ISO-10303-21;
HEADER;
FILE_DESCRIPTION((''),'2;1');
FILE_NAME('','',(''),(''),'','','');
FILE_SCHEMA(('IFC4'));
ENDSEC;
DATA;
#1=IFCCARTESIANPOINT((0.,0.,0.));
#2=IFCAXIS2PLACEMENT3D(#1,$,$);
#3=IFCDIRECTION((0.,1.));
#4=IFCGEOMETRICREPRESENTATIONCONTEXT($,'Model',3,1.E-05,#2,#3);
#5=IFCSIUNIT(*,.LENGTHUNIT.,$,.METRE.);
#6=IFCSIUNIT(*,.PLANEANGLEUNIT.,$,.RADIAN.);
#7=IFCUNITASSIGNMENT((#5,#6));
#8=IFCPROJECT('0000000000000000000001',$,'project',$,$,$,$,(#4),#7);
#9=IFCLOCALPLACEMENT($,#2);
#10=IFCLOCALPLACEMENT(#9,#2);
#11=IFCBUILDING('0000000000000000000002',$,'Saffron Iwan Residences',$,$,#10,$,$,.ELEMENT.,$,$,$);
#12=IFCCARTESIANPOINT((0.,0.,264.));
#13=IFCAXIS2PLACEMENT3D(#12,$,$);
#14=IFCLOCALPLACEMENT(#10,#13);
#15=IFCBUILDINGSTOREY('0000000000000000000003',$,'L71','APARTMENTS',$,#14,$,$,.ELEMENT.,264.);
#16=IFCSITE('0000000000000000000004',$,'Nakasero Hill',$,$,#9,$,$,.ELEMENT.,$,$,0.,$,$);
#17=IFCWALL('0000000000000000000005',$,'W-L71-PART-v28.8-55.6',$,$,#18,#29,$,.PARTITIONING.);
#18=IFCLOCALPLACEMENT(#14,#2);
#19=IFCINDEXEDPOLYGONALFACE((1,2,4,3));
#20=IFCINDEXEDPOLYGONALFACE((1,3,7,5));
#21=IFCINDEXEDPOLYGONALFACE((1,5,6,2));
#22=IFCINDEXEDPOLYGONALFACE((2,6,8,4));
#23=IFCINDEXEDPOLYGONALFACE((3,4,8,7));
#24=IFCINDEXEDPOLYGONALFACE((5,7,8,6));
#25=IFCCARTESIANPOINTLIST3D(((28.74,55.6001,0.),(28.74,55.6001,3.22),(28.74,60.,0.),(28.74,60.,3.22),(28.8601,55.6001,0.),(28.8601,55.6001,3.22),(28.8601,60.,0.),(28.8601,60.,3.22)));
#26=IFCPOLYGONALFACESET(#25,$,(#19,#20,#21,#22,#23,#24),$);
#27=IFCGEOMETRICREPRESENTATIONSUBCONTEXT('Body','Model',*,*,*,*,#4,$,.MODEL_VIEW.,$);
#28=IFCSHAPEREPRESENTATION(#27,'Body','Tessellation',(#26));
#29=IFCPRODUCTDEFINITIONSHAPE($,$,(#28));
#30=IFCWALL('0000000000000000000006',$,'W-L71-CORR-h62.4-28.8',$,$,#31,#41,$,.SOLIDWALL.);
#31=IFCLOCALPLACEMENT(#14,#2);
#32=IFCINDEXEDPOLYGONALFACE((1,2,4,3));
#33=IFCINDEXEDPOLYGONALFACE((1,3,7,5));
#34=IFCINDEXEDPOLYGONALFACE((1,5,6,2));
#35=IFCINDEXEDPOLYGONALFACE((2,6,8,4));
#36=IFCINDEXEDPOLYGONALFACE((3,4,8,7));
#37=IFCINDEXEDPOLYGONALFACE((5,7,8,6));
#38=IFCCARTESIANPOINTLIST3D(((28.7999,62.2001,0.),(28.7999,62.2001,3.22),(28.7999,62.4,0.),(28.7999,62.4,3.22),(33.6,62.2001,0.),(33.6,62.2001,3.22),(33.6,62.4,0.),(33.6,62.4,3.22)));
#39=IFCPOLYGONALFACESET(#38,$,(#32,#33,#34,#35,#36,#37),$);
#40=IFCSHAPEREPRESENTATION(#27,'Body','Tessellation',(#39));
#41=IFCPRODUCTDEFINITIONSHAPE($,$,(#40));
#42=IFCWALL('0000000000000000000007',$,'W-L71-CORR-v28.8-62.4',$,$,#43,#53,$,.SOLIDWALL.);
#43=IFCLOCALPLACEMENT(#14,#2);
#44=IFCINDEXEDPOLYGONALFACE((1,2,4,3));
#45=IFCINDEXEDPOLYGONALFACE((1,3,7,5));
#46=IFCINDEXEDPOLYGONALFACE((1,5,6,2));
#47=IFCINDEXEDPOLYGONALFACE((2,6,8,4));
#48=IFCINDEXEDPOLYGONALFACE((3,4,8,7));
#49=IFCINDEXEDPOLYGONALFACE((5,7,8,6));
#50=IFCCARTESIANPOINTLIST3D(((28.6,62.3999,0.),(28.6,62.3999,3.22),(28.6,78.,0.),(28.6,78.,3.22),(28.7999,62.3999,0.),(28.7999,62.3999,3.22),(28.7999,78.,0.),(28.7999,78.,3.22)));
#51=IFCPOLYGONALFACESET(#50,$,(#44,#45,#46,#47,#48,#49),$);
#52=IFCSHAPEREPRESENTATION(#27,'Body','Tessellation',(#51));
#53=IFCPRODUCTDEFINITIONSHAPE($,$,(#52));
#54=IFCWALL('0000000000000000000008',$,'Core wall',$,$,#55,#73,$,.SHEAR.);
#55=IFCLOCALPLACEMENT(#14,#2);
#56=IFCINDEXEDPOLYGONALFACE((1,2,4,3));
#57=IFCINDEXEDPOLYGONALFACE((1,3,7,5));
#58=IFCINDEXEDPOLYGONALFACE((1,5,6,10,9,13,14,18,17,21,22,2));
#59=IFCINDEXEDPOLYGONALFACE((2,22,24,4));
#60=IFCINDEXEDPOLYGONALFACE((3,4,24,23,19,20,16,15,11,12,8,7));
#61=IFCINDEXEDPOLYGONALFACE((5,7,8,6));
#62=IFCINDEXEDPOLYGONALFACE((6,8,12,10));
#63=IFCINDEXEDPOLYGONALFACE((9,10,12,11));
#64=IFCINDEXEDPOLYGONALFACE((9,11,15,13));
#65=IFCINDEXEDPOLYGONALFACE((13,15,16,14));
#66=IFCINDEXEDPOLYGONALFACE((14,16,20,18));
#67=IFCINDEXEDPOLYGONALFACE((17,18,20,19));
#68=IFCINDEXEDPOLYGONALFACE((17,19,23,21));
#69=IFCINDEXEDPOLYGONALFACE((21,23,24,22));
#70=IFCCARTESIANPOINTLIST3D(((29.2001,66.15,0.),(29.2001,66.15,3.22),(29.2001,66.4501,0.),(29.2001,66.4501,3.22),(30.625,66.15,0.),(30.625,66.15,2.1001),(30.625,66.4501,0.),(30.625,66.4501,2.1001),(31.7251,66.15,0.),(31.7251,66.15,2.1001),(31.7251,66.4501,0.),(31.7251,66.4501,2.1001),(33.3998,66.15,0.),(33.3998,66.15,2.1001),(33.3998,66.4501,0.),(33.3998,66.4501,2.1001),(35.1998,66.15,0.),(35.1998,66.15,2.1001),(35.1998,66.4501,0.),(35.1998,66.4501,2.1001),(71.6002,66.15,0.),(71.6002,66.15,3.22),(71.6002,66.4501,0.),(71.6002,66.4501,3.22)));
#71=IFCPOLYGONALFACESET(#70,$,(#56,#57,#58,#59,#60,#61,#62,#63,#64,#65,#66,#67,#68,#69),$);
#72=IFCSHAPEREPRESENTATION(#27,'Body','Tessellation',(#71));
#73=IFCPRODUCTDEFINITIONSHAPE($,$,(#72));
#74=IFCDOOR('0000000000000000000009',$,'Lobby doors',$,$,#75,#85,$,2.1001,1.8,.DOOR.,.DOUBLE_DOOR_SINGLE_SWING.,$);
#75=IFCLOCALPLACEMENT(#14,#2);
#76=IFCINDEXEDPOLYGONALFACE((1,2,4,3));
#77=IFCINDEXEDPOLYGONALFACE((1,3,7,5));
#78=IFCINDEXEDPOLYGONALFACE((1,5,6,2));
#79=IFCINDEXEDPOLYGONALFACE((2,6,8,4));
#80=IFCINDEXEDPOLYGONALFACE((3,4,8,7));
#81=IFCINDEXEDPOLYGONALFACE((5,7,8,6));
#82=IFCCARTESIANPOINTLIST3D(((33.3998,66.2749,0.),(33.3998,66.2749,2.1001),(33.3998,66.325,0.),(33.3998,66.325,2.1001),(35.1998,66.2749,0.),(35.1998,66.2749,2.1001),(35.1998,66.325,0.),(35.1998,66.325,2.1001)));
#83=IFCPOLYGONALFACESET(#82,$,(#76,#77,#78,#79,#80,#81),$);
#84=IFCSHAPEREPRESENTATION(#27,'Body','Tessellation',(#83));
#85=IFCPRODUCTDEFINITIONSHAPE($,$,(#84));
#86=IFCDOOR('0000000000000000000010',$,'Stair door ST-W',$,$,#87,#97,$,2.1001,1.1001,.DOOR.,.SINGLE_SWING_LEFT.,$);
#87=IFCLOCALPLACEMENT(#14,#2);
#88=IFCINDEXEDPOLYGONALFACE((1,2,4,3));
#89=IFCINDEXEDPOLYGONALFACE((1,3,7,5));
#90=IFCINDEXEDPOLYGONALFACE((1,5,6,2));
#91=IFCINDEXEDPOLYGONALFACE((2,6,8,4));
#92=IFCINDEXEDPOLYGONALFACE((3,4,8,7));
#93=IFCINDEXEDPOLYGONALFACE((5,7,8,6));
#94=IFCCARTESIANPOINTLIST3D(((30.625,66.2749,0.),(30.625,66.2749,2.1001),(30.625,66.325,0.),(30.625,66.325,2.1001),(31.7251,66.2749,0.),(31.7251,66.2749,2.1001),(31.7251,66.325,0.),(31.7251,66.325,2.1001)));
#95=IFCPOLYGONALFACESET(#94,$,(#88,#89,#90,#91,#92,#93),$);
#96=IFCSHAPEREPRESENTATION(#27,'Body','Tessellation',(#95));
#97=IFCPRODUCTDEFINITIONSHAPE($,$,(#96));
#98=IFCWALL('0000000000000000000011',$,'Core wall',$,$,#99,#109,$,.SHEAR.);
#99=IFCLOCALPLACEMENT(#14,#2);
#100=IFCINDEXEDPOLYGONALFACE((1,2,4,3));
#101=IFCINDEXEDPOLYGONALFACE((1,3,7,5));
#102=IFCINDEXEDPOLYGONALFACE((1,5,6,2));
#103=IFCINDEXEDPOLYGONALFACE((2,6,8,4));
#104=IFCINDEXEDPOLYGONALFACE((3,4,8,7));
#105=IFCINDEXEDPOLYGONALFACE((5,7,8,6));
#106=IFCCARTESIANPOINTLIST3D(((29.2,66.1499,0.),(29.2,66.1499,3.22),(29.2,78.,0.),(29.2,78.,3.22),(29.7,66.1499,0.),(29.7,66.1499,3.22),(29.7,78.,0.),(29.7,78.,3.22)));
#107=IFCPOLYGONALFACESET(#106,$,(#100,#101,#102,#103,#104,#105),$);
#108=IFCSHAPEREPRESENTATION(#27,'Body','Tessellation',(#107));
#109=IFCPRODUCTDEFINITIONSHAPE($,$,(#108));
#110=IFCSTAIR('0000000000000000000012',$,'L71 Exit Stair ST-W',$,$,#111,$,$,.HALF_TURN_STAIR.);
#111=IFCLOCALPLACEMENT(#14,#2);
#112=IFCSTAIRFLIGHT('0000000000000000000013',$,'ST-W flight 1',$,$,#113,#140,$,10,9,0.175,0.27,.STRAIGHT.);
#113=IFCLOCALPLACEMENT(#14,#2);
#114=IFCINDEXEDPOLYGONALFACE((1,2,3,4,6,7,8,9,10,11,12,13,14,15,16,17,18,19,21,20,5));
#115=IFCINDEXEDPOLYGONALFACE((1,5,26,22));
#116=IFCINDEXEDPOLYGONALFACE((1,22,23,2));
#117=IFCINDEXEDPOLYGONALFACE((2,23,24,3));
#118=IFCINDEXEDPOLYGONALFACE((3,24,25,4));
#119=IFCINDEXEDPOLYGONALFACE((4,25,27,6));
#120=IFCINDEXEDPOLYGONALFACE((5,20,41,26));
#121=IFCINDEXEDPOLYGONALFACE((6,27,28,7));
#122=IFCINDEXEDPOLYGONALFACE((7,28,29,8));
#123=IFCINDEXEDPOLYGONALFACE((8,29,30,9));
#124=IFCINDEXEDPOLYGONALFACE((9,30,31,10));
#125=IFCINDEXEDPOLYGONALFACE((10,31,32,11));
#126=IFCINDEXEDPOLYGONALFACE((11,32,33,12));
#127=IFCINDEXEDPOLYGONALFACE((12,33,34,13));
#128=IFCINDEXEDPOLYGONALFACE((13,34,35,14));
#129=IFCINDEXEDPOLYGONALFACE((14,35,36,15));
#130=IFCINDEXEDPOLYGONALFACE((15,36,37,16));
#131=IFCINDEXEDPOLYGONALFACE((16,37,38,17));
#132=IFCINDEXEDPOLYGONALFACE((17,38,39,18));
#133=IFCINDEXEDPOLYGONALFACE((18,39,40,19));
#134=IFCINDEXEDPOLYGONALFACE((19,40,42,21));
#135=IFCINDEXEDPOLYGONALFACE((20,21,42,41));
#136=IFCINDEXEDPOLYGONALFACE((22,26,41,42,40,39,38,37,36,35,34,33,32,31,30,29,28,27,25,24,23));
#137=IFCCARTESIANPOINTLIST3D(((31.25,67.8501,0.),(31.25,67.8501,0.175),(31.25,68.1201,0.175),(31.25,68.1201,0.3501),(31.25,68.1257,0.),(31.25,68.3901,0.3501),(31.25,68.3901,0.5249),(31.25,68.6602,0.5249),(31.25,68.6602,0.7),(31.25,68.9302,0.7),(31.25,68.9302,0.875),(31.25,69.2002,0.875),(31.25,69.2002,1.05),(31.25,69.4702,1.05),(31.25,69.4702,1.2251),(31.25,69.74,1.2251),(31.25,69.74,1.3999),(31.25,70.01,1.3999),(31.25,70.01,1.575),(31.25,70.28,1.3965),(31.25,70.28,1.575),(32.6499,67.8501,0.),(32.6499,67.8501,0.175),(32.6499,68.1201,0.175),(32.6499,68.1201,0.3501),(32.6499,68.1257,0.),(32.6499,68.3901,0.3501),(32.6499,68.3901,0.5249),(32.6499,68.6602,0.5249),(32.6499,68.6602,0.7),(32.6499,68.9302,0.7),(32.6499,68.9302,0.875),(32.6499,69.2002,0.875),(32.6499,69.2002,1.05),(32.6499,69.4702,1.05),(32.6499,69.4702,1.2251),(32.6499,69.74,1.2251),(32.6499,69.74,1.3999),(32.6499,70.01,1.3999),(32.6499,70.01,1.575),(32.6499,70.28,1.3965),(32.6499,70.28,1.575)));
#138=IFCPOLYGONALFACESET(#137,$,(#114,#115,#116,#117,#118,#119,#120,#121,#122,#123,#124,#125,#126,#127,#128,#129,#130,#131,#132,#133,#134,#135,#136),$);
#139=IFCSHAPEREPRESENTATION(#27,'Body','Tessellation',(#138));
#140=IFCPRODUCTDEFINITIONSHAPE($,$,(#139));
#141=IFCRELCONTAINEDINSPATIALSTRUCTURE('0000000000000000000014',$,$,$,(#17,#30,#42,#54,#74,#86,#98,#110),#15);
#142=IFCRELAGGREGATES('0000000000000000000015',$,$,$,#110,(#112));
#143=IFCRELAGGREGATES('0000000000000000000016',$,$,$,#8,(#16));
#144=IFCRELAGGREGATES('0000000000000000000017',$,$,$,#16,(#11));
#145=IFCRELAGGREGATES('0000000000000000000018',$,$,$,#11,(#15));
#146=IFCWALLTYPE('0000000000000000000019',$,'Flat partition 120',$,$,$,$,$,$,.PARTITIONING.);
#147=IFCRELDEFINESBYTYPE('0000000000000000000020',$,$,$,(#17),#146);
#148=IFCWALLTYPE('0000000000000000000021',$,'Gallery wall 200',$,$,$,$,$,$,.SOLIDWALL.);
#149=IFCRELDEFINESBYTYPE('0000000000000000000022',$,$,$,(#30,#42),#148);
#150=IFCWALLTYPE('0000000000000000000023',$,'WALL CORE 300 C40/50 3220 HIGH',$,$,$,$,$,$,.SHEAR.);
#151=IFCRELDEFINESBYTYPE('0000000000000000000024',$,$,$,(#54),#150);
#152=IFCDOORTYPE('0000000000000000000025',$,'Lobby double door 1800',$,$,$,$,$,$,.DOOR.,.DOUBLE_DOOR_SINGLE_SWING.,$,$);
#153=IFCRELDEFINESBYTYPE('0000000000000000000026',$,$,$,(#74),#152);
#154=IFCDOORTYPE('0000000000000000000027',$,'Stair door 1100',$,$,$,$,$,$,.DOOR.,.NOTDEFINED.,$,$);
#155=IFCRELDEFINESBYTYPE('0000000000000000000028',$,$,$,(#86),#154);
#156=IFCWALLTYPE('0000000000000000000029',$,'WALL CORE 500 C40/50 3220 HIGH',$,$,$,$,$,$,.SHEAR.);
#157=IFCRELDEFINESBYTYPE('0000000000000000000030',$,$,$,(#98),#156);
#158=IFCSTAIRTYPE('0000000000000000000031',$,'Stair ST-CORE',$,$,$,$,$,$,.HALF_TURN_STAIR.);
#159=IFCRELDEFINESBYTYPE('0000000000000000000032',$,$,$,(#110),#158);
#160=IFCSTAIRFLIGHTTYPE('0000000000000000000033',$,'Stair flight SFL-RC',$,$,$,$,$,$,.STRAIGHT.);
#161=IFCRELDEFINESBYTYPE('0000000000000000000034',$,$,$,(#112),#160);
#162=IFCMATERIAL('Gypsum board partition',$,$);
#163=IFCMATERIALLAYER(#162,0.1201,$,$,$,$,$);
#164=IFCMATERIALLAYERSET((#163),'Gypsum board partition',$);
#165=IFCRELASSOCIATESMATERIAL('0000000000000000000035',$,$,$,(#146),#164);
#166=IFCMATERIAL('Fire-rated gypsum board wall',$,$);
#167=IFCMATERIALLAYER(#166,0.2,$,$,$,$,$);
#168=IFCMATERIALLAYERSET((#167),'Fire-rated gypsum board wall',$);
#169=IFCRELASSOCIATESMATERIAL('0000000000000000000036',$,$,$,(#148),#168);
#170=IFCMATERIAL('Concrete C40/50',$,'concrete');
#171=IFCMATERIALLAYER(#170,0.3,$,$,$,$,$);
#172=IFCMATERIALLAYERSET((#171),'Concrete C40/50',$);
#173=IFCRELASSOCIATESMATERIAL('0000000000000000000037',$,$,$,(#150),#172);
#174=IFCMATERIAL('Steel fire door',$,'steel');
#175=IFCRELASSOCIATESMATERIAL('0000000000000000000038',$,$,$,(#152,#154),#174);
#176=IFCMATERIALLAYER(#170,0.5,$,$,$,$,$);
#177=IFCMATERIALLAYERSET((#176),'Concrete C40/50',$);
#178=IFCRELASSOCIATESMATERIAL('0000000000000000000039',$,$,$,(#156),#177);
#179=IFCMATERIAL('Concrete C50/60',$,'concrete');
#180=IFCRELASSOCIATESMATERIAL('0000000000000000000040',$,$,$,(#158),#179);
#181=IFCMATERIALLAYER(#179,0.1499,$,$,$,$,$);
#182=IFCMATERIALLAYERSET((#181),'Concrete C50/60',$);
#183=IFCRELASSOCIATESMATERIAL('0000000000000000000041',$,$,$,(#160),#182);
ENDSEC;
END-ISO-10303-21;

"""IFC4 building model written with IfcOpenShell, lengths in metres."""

from ifc_helpers import new_model, si_unit, direction, frame, frame_2d, origin, place, context, subcontext, project, spatial, polyline, rectangle, outline, extrude, material, layer, layer_set, type_object, element, fill, aggregate, save


model = new_model("IFC4")

# Units and contexts
model_context = context("Model", 3, precision=1e-05, world=origin(), true_north=direction((0.0, 1.0)))
body_context = subcontext(model_context, "Body", "Model", "MODEL_VIEW")
ifc_project = project(units=[si_unit("LENGTHUNIT", "METRE"), si_unit("PLANEANGLEUNIT", "RADIAN")], contexts=[model_context])

# Site, building, storey
site_placement = place(None, origin())
site = spatial("IfcSite", under=ifc_project, at=site_placement, Name="Nakasero Hill", CompositionType="ELEMENT", RefElevation=0.0)
building_placement = place(site_placement, origin())
building = spatial("IfcBuilding", under=site, at=building_placement, Name="Saffron Iwan Residences", CompositionType="ELEMENT")
storey_placement = place(building_placement, frame((0.0, 0.0, 264.0)))
storey = spatial("IfcBuildingStorey", under=building, at=storey_placement, Name="L71", Description="APARTMENTS", CompositionType="ELEMENT", Elevation=264.0)

# Walls
ifc_material_1 = material(Name="Gypsum board partition")
ifc_layer_1 = layer(ifc_material_1, 0.1201)
ifc_layer_set_1 = layer_set([ifc_layer_1], Name="Gypsum board partition")
wall_type_1 = type_object("IfcWallType", Name="Flat partition 120", PredefinedType="PARTITIONING", material=ifc_layer_set_1)
wall_1_placement = place(storey_placement, frame((28.8, 55.6001, 0.0), z_axis=(0.0, 0.0, 1.0), x_axis=(0.0, 1.0, 0.0)))
element("IfcWall", 1, at=wall_1_placement, inside=storey, type_object=wall_type_1, Name="W-L71-PART-v28.8-55.6", PredefinedType="PARTITIONING", context=body_context, shape_type="SweptSolid", body=[
    extrude(rectangle(XDim=4.3999, YDim=0.1201, at=frame_2d((2.2, 0.0))), origin(), (0.0, 0.0, 1.0), 3.22),
])
ifc_material_2 = material(Name="Fire-rated gypsum board wall")
ifc_layer_2 = layer(ifc_material_2, 0.2)
ifc_layer_set_2 = layer_set([ifc_layer_2], Name="Fire-rated gypsum board wall")
wall_type_2 = type_object("IfcWallType", Name="Gallery wall 200", PredefinedType="SOLIDWALL", material=ifc_layer_set_2)
wall_2_placement = place(storey_placement, frame((28.8, 62.3, 0.0), z_axis=(0.0, 0.0, 1.0), x_axis=(1.0, 0.0, 0.0)))
element("IfcWall", 2, at=wall_2_placement, inside=storey, type_object=wall_type_2, Name="W-L71-CORR-h62.4-28.8", PredefinedType="SOLIDWALL", context=body_context, shape_type="SweptSolid", body=[
    extrude(rectangle(XDim=4.8, YDim=0.2, at=frame_2d((2.3999, 0.0))), origin(), (0.0, 0.0, 1.0), 3.22),
])
wall_3_placement = place(storey_placement, frame((28.7, 62.3999, 0.0), z_axis=(0.0, 0.0, 1.0), x_axis=(0.0, 1.0, 0.0)))
element("IfcWall", 3, at=wall_3_placement, inside=storey, type_object=wall_type_2, Name="W-L71-CORR-v28.8-62.4", PredefinedType="SOLIDWALL", context=body_context, shape_type="SweptSolid", body=[
    extrude(rectangle(XDim=15.6001, YDim=0.2, at=frame_2d((7.8, 0.0))), origin(), (0.0, 0.0, 1.0), 3.22),
])

# Wall, openings, doors
ifc_material_3 = material(Name="Concrete C40/50", Category="concrete")
ifc_layer_3 = layer(ifc_material_3, 0.3)
ifc_layer_set_3 = layer_set([ifc_layer_3], Name="Concrete C40/50")
wall_type_3 = type_object("IfcWallType", Name="WALL CORE 300 C40/50 3220 HIGH", PredefinedType="SHEAR", material=ifc_layer_set_3)
wall_4_placement = place(storey_placement, frame((29.2, 66.3, 0.0), z_axis=(0.0, 0.0, 1.0), x_axis=(1.0, 0.0, 0.0)))
wall_4 = element("IfcWall", 4, at=wall_4_placement, inside=storey, type_object=wall_type_3, Name="Core wall", PredefinedType="SHEAR", context=body_context, shape_type="SweptSolid", body=[
    extrude(rectangle(XDim=42.4001, YDim=0.3, at=frame_2d((21.2002, 0.0))), origin(), (0.0, 0.0, 1.0), 3.22),
])
opening_1_placement = place(wall_4_placement, frame((1.425, 0.0, 0.0)))
opening_1 = element("IfcOpeningElement", 5, at=opening_1_placement, cuts=wall_4, PredefinedType="OPENING", context=body_context, shape_type="SweptSolid", body=[
    extrude(rectangle(XDim=1.1001, YDim=2.1001, at=frame_2d((0.55, 1.05))), frame((0.0, 0.1602, 0.0), z_axis=(0.0, -1.0, 0.0), x_axis=(1.0, 0.0, 0.0)), (0.0, 0.0, 1.0), 0.3201),
])
opening_2_placement = place(wall_4_placement, frame((4.2, 0.0, 0.0)))
opening_2 = element("IfcOpeningElement", 6, at=opening_2_placement, cuts=wall_4, PredefinedType="OPENING", context=body_context, shape_type="SweptSolid", body=[
    extrude(rectangle(XDim=1.8, YDim=2.1001, at=frame_2d((0.8999, 1.05))), frame((0.0, 0.1602, 0.0), z_axis=(0.0, -1.0, 0.0), x_axis=(1.0, 0.0, 0.0)), (0.0, 0.0, 1.0), 0.3201),
])
ifc_material_4 = material(Name="Steel fire door", Category="steel")
door_type_1 = type_object("IfcDoorType", Name="Lobby double door 1800", OperationType="DOUBLE_DOOR_SINGLE_SWING", PredefinedType="DOOR", material=ifc_material_4)
door_1_placement = place(opening_2_placement, origin())
door_1 = element("IfcDoor", 7, at=door_1_placement, inside=storey, type_object=door_type_1, Name="Lobby doors", OperationType="DOUBLE_DOOR_SINGLE_SWING", OverallHeight=2.1001, OverallWidth=1.8, PredefinedType="DOOR", context=body_context, shape_type="SweptSolid", body=[
    extrude(rectangle(XDim=1.8, YDim=2.1001, at=frame_2d((0.8999, 1.05))), frame((0.0, 0.0249, 0.0), z_axis=(0.0, -1.0, 0.0), x_axis=(1.0, 0.0, 0.0)), (0.0, 0.0, 1.0), 0.05),
])
fill(opening_2, door_1)
door_type_2 = type_object("IfcDoorType", Name="Stair door 1100", OperationType="NOTDEFINED", PredefinedType="DOOR", material=ifc_material_4)
door_2_placement = place(opening_1_placement, origin())
door_2 = element("IfcDoor", 8, at=door_2_placement, inside=storey, type_object=door_type_2, Name="Stair door ST-W", OperationType="SINGLE_SWING_LEFT", OverallHeight=2.1001, OverallWidth=1.1001, PredefinedType="DOOR", context=body_context, shape_type="SweptSolid", body=[
    extrude(rectangle(XDim=1.1001, YDim=2.1001, at=frame_2d((0.55, 1.05))), frame((0.0, 0.0249, 0.0), z_axis=(0.0, -1.0, 0.0), x_axis=(1.0, 0.0, 0.0)), (0.0, 0.0, 1.0), 0.05),
])
fill(opening_1, door_2)

# Wall
ifc_layer_4 = layer(ifc_material_3, 0.5)
ifc_layer_set_4 = layer_set([ifc_layer_4], Name="Concrete C40/50")
wall_type_4 = type_object("IfcWallType", Name="WALL CORE 500 C40/50 3220 HIGH", PredefinedType="SHEAR", material=ifc_layer_set_4)
wall_5_placement = place(storey_placement, frame((29.45, 66.1499, 0.0), z_axis=(0.0, 0.0, 1.0), x_axis=(0.0, 1.0, 0.0)))
element("IfcWall", 9, at=wall_5_placement, inside=storey, type_object=wall_type_4, Name="Core wall", PredefinedType="SHEAR", context=body_context, shape_type="SweptSolid", body=[
    extrude(rectangle(XDim=11.8501, YDim=0.5, at=frame_2d((5.925, 0.0))), origin(), (0.0, 0.0, 1.0), 3.22),
])

# Stair, stair flight
ifc_material_5 = material(Name="Concrete C50/60", Category="concrete")
stair_type = type_object("IfcStairType", Name="Stair ST-CORE", PredefinedType="HALF_TURN_STAIR", material=ifc_material_5)
stair_placement = place(storey_placement, origin())
stair = element("IfcStair", 10, at=stair_placement, inside=storey, type_object=stair_type, Name="L71 Exit Stair ST-W", PredefinedType="HALF_TURN_STAIR")
ifc_layer_5 = layer(ifc_material_5, 0.1499)
ifc_layer_set_5 = layer_set([ifc_layer_5], Name="Concrete C50/60")
stair_flight_type = type_object("IfcStairFlightType", Name="Stair flight SFL-RC", PredefinedType="STRAIGHT", material=ifc_layer_set_5)
stair_flight_placement = place(storey_placement, frame((31.95, 67.8501, 0.0), z_axis=(0.0, 0.0, 1.0), x_axis=(0.0, 1.0, 0.0)))
stair_flight = element("IfcStairFlight", 11, at=stair_flight_placement, type_object=stair_flight_type, Name="ST-W flight 1", NumberOfRisers=10, NumberOfTreads=9, PredefinedType="STRAIGHT", RiserHeight=0.175, TreadLength=0.27, context=body_context, shape_type="SweptSolid", body=[
    extrude(outline(polyline([(0.0, 0.0), (0.0, 0.175), (0.27, 0.175), (0.27, 0.3501), (0.54, 0.3501), (0.54, 0.5249), (0.8101, 0.5249), (0.8101, 0.7), (1.0801, 0.7), (1.0801, 0.875), (1.3501, 0.875), (1.3501, 1.05), (1.6201, 1.05), (1.6201, 1.2251), (1.8899, 1.2251), (1.8899, 1.3999), (2.1599, 1.3999), (2.1599, 1.575), (2.4299, 1.575), (2.4299, 1.75), (2.4299, 1.3965), (0.2756, 0.0), (0.0, 0.0)])), frame((0.0, 0.7, 0.0), z_axis=(0.0, -1.0, 0.0), x_axis=(1.0, 0.0, 0.0)), (0.0, 0.0, 1.0), 1.3999),
])
aggregate(stair, [stair_flight])

save(model, "model.ifc")
